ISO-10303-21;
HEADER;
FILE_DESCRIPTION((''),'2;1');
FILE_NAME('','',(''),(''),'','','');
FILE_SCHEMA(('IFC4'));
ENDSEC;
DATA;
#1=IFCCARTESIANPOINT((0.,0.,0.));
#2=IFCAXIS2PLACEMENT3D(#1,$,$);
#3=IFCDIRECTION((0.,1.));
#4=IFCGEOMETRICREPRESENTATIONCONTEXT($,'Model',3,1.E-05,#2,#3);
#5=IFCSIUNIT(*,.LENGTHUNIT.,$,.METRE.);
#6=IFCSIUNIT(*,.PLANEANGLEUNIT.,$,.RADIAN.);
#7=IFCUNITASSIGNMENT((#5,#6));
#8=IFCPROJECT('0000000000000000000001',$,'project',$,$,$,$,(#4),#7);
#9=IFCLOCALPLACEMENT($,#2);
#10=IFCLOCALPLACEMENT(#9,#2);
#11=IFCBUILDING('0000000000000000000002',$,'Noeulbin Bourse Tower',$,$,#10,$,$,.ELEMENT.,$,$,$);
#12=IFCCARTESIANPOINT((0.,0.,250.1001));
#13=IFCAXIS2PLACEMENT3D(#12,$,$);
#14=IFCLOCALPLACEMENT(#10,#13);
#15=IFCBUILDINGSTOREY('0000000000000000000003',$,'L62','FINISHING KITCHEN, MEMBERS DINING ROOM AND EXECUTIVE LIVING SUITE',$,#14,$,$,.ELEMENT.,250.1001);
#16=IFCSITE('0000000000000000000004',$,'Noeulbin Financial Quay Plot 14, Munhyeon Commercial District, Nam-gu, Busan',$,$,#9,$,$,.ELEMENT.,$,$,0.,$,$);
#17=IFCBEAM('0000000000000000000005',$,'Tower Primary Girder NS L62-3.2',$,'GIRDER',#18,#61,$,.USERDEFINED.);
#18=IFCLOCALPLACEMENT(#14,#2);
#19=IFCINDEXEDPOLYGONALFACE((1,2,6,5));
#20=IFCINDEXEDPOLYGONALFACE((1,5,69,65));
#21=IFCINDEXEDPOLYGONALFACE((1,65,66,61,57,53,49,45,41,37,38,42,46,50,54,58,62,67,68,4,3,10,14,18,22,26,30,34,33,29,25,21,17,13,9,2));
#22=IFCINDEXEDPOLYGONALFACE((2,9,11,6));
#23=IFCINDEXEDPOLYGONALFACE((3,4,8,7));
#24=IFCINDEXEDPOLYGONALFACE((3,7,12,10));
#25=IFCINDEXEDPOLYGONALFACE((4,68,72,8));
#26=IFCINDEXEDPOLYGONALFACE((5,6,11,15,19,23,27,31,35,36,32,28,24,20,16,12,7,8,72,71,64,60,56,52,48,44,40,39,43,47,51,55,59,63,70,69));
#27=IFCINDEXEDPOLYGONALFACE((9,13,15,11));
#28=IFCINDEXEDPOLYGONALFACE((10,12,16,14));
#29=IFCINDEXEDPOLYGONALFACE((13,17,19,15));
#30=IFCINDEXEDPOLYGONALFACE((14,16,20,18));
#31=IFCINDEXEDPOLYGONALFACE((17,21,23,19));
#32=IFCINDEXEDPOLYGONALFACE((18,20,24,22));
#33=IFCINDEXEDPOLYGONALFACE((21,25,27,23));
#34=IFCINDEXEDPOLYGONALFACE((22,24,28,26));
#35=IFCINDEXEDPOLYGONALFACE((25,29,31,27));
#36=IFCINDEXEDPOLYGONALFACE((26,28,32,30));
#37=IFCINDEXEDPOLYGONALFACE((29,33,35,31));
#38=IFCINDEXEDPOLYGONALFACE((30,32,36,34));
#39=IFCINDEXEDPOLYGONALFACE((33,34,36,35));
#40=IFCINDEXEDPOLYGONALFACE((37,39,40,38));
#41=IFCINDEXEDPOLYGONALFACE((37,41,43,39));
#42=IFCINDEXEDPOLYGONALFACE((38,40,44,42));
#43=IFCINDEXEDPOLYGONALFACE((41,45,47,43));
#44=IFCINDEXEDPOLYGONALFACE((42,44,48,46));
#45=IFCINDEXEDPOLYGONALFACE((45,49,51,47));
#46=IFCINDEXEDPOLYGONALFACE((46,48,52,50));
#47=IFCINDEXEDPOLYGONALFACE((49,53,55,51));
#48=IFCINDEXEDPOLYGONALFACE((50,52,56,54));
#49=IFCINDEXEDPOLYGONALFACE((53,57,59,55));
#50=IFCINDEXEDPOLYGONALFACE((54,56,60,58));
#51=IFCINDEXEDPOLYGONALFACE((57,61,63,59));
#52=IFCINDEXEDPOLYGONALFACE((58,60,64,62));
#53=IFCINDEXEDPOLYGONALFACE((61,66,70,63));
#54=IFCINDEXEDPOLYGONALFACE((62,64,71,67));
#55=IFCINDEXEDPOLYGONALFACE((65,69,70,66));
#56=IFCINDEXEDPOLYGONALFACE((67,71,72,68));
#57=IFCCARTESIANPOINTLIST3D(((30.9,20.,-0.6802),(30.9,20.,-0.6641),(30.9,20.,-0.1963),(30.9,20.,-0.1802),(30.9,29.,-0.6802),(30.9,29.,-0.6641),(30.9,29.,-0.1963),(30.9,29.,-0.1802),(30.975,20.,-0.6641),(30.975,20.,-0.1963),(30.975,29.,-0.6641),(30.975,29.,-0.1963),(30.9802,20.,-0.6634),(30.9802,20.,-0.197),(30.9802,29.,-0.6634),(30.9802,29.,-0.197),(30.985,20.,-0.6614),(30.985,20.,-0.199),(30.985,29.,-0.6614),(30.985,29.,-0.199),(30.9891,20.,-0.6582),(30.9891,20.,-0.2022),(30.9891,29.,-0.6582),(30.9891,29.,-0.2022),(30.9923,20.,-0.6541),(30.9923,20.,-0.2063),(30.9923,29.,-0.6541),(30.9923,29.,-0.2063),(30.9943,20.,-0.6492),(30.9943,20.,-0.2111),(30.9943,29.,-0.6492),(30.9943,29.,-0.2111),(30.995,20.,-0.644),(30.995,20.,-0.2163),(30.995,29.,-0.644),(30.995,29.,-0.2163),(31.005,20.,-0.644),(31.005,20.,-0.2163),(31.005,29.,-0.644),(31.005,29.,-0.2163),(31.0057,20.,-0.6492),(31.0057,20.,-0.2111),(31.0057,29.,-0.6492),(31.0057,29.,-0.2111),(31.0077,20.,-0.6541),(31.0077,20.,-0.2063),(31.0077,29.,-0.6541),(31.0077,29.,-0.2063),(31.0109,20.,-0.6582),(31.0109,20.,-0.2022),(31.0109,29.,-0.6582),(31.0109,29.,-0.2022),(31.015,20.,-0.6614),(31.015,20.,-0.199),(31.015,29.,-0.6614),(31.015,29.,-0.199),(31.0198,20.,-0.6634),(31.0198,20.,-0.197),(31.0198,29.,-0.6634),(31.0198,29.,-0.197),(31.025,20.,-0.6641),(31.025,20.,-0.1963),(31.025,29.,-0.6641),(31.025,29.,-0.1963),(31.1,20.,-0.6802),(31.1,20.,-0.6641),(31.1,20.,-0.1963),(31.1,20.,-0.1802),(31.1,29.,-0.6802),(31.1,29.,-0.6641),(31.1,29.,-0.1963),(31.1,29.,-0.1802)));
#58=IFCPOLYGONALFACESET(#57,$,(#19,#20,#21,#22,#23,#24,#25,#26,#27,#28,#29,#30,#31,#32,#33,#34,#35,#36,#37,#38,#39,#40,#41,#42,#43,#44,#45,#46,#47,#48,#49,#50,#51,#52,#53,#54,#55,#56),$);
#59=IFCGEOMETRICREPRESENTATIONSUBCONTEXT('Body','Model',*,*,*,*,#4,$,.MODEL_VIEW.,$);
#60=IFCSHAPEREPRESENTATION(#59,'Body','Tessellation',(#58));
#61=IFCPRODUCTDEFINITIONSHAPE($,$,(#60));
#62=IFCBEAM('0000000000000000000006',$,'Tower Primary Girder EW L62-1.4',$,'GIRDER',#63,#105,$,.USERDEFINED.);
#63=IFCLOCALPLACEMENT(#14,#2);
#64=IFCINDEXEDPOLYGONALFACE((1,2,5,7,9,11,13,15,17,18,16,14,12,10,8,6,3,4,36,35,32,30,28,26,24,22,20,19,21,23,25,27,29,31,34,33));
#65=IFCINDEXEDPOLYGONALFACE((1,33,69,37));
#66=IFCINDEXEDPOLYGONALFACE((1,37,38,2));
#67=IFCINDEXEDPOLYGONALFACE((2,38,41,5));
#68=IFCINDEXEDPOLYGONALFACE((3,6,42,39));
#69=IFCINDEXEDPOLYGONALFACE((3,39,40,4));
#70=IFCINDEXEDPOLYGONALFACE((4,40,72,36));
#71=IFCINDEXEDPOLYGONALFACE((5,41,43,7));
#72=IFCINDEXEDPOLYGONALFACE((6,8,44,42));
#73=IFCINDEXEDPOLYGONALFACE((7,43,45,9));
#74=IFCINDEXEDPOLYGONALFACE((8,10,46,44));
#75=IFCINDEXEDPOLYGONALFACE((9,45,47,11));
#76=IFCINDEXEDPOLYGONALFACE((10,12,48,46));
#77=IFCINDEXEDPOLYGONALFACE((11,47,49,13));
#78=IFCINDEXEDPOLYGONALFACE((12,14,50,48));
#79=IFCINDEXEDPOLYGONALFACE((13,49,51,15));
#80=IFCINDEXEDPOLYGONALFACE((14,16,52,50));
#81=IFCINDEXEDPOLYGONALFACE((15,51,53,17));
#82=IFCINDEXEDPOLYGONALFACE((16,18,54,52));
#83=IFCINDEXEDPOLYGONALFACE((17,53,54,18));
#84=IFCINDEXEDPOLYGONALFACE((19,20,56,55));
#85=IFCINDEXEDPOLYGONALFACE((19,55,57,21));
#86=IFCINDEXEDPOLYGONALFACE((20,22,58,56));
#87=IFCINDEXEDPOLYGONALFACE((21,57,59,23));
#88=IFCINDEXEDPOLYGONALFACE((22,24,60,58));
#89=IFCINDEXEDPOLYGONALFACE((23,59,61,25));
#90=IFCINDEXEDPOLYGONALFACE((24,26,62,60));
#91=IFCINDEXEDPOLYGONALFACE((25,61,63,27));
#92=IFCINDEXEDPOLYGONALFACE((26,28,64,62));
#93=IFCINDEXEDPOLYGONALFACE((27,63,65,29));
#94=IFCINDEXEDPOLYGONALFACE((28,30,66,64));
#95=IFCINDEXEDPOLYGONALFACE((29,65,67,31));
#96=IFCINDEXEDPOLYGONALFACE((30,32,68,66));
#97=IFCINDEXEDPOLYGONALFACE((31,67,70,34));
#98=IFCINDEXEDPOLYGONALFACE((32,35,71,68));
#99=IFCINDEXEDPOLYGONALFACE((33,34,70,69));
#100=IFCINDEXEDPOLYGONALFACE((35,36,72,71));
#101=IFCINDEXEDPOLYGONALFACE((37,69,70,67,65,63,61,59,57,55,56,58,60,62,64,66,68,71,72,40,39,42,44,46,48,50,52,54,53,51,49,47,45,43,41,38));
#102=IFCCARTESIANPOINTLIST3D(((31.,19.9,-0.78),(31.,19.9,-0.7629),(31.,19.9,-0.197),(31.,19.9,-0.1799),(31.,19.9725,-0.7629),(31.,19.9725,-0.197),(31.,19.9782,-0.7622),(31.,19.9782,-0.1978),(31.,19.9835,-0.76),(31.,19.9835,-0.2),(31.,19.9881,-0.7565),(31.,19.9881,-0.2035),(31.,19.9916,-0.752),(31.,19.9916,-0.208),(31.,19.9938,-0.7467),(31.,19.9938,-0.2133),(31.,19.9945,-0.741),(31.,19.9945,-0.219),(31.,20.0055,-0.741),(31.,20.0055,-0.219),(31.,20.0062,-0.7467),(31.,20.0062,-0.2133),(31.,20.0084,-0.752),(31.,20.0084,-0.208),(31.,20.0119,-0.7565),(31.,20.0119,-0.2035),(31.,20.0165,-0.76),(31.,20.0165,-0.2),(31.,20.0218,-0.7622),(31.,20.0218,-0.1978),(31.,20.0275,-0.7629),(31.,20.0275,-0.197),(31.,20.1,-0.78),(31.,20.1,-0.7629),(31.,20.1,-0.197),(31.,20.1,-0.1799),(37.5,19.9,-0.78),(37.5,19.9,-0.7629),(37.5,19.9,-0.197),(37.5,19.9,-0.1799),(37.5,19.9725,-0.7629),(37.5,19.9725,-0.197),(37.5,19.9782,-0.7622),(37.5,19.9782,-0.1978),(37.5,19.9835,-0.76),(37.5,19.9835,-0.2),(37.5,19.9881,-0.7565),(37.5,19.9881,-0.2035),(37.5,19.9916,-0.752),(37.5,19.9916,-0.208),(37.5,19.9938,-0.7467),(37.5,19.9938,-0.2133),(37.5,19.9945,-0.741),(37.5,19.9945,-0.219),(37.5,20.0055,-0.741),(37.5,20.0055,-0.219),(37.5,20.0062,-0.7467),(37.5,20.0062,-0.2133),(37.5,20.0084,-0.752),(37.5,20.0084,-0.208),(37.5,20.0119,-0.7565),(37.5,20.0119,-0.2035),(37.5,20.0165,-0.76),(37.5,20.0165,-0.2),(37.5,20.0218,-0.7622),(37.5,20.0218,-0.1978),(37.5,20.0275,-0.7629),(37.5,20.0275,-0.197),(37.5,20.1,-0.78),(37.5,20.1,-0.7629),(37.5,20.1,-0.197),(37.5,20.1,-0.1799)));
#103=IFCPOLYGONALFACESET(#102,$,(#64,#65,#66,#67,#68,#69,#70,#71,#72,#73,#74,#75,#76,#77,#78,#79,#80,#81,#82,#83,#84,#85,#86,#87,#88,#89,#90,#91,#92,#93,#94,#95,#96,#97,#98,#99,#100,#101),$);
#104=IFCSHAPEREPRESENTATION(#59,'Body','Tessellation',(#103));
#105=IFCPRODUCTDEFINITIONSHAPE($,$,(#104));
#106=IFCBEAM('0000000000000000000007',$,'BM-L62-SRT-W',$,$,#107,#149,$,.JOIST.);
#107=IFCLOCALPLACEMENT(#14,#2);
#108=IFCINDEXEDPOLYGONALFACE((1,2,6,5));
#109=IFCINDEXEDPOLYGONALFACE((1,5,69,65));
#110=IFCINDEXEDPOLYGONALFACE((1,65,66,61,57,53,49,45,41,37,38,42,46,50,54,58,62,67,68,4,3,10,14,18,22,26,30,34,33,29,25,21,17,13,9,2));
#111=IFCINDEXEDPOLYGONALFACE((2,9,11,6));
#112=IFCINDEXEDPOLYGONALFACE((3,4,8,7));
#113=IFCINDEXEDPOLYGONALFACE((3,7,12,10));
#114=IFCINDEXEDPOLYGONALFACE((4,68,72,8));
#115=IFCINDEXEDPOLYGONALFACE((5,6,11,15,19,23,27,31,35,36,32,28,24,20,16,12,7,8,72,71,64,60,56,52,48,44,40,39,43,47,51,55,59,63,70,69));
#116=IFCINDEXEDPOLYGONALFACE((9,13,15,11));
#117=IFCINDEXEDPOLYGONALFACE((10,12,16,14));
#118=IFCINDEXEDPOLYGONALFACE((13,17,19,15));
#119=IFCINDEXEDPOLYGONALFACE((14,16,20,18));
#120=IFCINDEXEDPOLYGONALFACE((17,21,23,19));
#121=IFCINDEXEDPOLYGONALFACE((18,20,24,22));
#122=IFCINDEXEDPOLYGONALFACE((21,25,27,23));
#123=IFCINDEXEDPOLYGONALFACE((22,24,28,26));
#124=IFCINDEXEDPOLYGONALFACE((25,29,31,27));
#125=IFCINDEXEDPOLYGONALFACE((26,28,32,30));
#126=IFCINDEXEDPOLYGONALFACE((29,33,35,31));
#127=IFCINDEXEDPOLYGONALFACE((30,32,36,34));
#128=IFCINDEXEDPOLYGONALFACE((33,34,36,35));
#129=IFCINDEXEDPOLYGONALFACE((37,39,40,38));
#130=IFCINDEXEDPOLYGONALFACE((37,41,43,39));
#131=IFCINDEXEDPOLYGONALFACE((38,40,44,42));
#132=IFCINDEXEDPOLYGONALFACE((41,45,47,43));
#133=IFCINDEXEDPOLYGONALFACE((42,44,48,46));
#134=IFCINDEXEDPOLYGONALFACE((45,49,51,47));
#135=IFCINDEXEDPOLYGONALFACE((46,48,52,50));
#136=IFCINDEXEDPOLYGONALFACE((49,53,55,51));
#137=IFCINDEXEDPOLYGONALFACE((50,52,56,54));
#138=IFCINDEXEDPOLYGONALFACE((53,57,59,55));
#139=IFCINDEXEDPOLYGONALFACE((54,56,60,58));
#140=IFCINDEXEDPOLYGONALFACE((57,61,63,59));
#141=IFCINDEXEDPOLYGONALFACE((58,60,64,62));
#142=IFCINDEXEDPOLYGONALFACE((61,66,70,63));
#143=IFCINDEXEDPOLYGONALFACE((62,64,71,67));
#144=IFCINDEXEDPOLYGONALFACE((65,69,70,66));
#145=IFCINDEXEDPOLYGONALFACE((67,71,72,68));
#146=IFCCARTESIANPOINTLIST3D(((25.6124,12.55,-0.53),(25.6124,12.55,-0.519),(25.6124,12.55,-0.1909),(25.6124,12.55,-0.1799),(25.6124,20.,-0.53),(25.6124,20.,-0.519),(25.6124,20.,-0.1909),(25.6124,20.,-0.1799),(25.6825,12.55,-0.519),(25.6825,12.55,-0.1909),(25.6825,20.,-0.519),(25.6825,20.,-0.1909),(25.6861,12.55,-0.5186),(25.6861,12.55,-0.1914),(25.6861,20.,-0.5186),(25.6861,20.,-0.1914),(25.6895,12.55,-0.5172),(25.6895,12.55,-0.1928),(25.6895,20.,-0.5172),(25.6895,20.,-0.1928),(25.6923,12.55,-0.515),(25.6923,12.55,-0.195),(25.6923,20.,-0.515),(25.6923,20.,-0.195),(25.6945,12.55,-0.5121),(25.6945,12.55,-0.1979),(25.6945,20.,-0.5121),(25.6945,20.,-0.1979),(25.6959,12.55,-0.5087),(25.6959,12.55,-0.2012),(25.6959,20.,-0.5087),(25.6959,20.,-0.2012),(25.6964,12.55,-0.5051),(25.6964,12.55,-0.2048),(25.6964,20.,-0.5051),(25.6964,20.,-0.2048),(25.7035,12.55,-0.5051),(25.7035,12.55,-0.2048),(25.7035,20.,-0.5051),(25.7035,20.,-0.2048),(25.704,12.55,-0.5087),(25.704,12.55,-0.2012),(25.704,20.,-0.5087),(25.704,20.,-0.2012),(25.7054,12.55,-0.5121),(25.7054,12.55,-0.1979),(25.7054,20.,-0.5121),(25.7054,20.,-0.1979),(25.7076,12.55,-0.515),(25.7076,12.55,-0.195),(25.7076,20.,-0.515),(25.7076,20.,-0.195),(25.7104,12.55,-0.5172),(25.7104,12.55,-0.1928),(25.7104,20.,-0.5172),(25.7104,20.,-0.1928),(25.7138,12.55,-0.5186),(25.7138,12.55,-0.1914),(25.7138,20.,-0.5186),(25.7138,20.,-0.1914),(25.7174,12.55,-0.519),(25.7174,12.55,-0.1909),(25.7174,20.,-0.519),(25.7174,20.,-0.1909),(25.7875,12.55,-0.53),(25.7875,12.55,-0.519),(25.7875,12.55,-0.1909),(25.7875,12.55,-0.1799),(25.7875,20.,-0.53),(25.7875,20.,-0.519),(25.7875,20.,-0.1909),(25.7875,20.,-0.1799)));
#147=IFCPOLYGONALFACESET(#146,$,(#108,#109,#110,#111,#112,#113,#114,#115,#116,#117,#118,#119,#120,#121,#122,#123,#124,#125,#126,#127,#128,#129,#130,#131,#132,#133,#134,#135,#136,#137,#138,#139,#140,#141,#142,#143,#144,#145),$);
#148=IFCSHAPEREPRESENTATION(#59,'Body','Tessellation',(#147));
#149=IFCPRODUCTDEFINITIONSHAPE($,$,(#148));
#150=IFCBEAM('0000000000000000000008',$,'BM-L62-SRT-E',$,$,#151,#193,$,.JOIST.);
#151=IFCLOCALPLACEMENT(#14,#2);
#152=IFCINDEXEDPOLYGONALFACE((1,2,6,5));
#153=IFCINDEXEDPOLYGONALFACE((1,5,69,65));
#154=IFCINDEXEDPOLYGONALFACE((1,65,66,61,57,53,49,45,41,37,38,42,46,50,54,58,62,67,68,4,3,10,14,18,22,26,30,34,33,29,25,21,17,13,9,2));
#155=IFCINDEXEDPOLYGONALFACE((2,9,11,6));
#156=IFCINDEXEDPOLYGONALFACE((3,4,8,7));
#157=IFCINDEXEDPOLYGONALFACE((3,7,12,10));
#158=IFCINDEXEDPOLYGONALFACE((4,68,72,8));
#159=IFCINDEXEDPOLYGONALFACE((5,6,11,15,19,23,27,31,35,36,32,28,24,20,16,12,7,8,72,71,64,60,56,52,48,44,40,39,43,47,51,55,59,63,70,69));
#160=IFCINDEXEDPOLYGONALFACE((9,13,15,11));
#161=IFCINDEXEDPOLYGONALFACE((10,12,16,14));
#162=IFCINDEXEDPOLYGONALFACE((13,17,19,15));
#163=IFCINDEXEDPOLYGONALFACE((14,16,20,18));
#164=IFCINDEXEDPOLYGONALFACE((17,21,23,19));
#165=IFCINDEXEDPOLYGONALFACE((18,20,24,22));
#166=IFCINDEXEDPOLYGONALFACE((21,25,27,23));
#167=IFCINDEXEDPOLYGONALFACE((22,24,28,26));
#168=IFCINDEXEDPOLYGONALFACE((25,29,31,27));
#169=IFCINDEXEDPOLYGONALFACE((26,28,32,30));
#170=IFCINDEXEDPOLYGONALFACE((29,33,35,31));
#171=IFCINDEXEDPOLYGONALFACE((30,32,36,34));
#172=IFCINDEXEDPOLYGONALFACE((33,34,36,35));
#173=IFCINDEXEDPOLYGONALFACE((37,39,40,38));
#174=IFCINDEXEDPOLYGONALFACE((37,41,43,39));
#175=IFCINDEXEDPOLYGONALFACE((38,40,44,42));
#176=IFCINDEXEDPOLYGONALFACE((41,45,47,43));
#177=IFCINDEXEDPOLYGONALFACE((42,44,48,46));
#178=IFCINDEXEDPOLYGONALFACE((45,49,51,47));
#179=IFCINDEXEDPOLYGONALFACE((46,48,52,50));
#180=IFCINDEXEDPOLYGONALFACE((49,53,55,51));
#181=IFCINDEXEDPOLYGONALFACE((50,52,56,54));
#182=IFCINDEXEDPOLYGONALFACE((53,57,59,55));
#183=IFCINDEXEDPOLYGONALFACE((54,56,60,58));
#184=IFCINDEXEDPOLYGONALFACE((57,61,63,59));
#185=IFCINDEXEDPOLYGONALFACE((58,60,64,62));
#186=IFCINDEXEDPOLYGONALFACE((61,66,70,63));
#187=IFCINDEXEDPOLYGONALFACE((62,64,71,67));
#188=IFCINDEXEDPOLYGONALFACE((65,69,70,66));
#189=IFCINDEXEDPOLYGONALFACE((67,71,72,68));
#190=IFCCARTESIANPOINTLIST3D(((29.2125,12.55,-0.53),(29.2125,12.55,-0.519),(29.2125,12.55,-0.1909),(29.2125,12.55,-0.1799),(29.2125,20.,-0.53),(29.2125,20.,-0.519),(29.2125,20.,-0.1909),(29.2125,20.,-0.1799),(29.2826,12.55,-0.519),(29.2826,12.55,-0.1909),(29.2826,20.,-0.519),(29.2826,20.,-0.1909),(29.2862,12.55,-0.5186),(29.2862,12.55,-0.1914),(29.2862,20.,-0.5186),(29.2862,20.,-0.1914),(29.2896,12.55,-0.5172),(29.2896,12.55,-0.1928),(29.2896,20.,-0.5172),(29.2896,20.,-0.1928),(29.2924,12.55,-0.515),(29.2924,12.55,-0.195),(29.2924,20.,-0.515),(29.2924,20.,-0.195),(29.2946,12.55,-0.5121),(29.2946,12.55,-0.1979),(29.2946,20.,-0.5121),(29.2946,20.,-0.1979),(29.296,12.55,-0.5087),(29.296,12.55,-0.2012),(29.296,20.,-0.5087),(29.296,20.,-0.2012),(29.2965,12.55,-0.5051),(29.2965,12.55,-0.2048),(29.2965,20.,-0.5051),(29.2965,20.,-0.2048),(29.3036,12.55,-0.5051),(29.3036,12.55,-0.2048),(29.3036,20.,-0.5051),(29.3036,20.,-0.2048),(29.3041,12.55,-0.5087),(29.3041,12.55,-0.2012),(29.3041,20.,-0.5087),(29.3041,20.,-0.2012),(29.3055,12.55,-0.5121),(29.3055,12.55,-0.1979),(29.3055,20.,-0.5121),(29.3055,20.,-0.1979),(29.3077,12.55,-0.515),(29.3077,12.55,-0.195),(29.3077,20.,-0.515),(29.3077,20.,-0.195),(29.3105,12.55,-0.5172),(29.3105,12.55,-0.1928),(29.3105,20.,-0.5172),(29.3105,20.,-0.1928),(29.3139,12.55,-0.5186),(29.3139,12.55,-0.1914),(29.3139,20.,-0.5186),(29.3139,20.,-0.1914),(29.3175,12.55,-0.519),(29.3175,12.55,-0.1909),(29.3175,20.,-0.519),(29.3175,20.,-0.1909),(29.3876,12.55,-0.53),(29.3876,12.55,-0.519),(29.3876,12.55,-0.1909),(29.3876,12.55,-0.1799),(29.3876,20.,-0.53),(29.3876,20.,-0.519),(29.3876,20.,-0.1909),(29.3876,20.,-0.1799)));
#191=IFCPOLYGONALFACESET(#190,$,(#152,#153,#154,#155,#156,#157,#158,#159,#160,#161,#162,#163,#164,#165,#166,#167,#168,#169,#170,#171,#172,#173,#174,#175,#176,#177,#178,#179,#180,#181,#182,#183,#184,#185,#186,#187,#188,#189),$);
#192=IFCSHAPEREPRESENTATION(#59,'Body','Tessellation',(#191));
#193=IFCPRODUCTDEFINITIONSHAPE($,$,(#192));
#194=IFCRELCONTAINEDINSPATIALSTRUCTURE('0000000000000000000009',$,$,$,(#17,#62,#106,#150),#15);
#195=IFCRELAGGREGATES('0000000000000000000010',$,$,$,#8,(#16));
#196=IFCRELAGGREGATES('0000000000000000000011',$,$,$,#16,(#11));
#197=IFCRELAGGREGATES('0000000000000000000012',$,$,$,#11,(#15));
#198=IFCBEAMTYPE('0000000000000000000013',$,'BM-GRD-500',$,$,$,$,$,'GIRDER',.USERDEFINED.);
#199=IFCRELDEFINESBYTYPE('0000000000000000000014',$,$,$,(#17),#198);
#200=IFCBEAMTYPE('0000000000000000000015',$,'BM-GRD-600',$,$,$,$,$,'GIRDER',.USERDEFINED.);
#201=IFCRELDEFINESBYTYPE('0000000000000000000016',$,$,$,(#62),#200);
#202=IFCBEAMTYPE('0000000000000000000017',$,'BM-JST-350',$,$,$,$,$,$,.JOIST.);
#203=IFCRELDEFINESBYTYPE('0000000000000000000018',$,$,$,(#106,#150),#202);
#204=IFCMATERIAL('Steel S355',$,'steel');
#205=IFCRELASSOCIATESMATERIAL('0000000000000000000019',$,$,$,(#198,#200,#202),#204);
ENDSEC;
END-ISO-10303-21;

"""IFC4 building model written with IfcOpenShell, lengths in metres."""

from ifc_helpers import new_model, si_unit, direction, frame, origin, origin_2d, place, context, subcontext, project, spatial, i_section, extrude, material, material_profile, profile_set, type_object, element, save


model = new_model("IFC4")

# Units and contexts
model_context = context("Model", 3, precision=1e-05, world=origin(), true_north=direction((0.0, 1.0)))
body_context = subcontext(model_context, "Body", "Model", "MODEL_VIEW")
ifc_project = project(units=[si_unit("LENGTHUNIT", "METRE"), si_unit("PLANEANGLEUNIT", "RADIAN")], contexts=[model_context])

# Site, building, storey
site_placement = place(None, origin())
site = spatial("IfcSite", under=ifc_project, at=site_placement, Name="Noeulbin Financial Quay Plot 14, Munhyeon Commercial District, Nam-gu, Busan", CompositionType="ELEMENT", RefElevation=0.0)
building_placement = place(site_placement, origin())
building = spatial("IfcBuilding", under=site, at=building_placement, Name="Noeulbin Bourse Tower", CompositionType="ELEMENT")
storey_placement = place(building_placement, frame((0.0, 0.0, 250.1001)))
storey = spatial("IfcBuildingStorey", under=building, at=storey_placement, Name="L62", Description="FINISHING KITCHEN, MEMBERS DINING ROOM AND EXECUTIVE LIVING SUITE", CompositionType="ELEMENT", Elevation=250.1001)

# Shared definitions
ifc_material_1 = material(Name="Steel S355", Category="steel")

# Beams
ifc_material_profile_1 = material_profile(ifc_material_1, i_section(OverallWidth=0.2, OverallDepth=0.5, WebThickness=0.01, FlangeThickness=0.0161, FilletRadius=0.02, at=origin_2d()), Name="H-500x200x10x16", Category="LoadBearing")
ifc_profile_set_1 = profile_set([ifc_material_profile_1], Name="Steel S355")
beam_type_1 = type_object("IfcBeamType", Name="BM-GRD-500", ElementType="GIRDER", PredefinedType="USERDEFINED", material=ifc_profile_set_1)
beam_1_placement = place(storey_placement, frame((31.0, 20.0, -0.4302), z_axis=(0.0, 1.0, 0.0), x_axis=(-1.0, 0.0, 0.0)))
element("IfcBeam", 1, at=beam_1_placement, inside=storey, type_object=beam_type_1, Name="Tower Primary Girder NS L62-3.2", ObjectType="GIRDER", PredefinedType="USERDEFINED", context=body_context, shape_type="SweptSolid", body=[
    extrude(i_section(OverallWidth=0.2, OverallDepth=0.5, WebThickness=0.01, FlangeThickness=0.0161, FilletRadius=0.02, at=origin_2d()), origin(), (0.0, 0.0, 1.0), 9.0),
])
ifc_material_profile_2 = material_profile(ifc_material_1, i_section(OverallWidth=0.2, OverallDepth=0.6001, WebThickness=0.011, FlangeThickness=0.0171, FilletRadius=0.022, at=origin_2d()), Name="H-600x200x11x17", Category="LoadBearing")
ifc_profile_set_2 = profile_set([ifc_material_profile_2], Name="Steel S355")
beam_type_2 = type_object("IfcBeamType", Name="BM-GRD-600", ElementType="GIRDER", PredefinedType="USERDEFINED", material=ifc_profile_set_2)
beam_2_placement = place(storey_placement, frame((31.0, 20.0, -0.48), z_axis=(1.0, 0.0, 0.0), x_axis=(0.0, 1.0, 0.0)))
element("IfcBeam", 2, at=beam_2_placement, inside=storey, type_object=beam_type_2, Name="Tower Primary Girder EW L62-1.4", ObjectType="GIRDER", PredefinedType="USERDEFINED", context=body_context, shape_type="SweptSolid", body=[
    extrude(i_section(OverallWidth=0.2, OverallDepth=0.6001, WebThickness=0.011, FlangeThickness=0.0171, FilletRadius=0.022, at=origin_2d()), origin(), (0.0, 0.0, 1.0), 6.5),
])
ifc_material_profile_3 = material_profile(ifc_material_1, i_section(OverallWidth=0.175, OverallDepth=0.3501, WebThickness=0.0071, FlangeThickness=0.011, FilletRadius=0.0139, at=origin_2d()), Name="H-350x175x7x11", Category="LoadBearing")
ifc_profile_set_3 = profile_set([ifc_material_profile_3], Name="Steel S355")
beam_type_3 = type_object("IfcBeamType", Name="BM-JST-350", PredefinedType="JOIST", material=ifc_profile_set_3)
for number, where, z_axis, x_axis, name in (
    (3, (25.7, 12.55, -0.355), (0.0, 1.0, 0.0), (-1.0, 0.0, 0.0), "BM-L62-SRT-W"),
    (4, (29.3, 12.55, -0.355), (0.0, 1.0, 0.0), (-1.0, 0.0, 0.0), "BM-L62-SRT-E"),
):
    element("IfcBeam", number, at=place(storey_placement, frame(where, z_axis=z_axis, x_axis=x_axis)), inside=storey, type_object=beam_type_3, Name=name, PredefinedType="JOIST", context=body_context, shape_type="SweptSolid", body=[
        extrude(i_section(OverallWidth=0.175, OverallDepth=0.3501, WebThickness=0.0071, FlangeThickness=0.011, FilletRadius=0.0139, at=origin_2d()), origin(), (0.0, 0.0, 1.0), 7.45),
    ])

save(model, "model.ifc")
